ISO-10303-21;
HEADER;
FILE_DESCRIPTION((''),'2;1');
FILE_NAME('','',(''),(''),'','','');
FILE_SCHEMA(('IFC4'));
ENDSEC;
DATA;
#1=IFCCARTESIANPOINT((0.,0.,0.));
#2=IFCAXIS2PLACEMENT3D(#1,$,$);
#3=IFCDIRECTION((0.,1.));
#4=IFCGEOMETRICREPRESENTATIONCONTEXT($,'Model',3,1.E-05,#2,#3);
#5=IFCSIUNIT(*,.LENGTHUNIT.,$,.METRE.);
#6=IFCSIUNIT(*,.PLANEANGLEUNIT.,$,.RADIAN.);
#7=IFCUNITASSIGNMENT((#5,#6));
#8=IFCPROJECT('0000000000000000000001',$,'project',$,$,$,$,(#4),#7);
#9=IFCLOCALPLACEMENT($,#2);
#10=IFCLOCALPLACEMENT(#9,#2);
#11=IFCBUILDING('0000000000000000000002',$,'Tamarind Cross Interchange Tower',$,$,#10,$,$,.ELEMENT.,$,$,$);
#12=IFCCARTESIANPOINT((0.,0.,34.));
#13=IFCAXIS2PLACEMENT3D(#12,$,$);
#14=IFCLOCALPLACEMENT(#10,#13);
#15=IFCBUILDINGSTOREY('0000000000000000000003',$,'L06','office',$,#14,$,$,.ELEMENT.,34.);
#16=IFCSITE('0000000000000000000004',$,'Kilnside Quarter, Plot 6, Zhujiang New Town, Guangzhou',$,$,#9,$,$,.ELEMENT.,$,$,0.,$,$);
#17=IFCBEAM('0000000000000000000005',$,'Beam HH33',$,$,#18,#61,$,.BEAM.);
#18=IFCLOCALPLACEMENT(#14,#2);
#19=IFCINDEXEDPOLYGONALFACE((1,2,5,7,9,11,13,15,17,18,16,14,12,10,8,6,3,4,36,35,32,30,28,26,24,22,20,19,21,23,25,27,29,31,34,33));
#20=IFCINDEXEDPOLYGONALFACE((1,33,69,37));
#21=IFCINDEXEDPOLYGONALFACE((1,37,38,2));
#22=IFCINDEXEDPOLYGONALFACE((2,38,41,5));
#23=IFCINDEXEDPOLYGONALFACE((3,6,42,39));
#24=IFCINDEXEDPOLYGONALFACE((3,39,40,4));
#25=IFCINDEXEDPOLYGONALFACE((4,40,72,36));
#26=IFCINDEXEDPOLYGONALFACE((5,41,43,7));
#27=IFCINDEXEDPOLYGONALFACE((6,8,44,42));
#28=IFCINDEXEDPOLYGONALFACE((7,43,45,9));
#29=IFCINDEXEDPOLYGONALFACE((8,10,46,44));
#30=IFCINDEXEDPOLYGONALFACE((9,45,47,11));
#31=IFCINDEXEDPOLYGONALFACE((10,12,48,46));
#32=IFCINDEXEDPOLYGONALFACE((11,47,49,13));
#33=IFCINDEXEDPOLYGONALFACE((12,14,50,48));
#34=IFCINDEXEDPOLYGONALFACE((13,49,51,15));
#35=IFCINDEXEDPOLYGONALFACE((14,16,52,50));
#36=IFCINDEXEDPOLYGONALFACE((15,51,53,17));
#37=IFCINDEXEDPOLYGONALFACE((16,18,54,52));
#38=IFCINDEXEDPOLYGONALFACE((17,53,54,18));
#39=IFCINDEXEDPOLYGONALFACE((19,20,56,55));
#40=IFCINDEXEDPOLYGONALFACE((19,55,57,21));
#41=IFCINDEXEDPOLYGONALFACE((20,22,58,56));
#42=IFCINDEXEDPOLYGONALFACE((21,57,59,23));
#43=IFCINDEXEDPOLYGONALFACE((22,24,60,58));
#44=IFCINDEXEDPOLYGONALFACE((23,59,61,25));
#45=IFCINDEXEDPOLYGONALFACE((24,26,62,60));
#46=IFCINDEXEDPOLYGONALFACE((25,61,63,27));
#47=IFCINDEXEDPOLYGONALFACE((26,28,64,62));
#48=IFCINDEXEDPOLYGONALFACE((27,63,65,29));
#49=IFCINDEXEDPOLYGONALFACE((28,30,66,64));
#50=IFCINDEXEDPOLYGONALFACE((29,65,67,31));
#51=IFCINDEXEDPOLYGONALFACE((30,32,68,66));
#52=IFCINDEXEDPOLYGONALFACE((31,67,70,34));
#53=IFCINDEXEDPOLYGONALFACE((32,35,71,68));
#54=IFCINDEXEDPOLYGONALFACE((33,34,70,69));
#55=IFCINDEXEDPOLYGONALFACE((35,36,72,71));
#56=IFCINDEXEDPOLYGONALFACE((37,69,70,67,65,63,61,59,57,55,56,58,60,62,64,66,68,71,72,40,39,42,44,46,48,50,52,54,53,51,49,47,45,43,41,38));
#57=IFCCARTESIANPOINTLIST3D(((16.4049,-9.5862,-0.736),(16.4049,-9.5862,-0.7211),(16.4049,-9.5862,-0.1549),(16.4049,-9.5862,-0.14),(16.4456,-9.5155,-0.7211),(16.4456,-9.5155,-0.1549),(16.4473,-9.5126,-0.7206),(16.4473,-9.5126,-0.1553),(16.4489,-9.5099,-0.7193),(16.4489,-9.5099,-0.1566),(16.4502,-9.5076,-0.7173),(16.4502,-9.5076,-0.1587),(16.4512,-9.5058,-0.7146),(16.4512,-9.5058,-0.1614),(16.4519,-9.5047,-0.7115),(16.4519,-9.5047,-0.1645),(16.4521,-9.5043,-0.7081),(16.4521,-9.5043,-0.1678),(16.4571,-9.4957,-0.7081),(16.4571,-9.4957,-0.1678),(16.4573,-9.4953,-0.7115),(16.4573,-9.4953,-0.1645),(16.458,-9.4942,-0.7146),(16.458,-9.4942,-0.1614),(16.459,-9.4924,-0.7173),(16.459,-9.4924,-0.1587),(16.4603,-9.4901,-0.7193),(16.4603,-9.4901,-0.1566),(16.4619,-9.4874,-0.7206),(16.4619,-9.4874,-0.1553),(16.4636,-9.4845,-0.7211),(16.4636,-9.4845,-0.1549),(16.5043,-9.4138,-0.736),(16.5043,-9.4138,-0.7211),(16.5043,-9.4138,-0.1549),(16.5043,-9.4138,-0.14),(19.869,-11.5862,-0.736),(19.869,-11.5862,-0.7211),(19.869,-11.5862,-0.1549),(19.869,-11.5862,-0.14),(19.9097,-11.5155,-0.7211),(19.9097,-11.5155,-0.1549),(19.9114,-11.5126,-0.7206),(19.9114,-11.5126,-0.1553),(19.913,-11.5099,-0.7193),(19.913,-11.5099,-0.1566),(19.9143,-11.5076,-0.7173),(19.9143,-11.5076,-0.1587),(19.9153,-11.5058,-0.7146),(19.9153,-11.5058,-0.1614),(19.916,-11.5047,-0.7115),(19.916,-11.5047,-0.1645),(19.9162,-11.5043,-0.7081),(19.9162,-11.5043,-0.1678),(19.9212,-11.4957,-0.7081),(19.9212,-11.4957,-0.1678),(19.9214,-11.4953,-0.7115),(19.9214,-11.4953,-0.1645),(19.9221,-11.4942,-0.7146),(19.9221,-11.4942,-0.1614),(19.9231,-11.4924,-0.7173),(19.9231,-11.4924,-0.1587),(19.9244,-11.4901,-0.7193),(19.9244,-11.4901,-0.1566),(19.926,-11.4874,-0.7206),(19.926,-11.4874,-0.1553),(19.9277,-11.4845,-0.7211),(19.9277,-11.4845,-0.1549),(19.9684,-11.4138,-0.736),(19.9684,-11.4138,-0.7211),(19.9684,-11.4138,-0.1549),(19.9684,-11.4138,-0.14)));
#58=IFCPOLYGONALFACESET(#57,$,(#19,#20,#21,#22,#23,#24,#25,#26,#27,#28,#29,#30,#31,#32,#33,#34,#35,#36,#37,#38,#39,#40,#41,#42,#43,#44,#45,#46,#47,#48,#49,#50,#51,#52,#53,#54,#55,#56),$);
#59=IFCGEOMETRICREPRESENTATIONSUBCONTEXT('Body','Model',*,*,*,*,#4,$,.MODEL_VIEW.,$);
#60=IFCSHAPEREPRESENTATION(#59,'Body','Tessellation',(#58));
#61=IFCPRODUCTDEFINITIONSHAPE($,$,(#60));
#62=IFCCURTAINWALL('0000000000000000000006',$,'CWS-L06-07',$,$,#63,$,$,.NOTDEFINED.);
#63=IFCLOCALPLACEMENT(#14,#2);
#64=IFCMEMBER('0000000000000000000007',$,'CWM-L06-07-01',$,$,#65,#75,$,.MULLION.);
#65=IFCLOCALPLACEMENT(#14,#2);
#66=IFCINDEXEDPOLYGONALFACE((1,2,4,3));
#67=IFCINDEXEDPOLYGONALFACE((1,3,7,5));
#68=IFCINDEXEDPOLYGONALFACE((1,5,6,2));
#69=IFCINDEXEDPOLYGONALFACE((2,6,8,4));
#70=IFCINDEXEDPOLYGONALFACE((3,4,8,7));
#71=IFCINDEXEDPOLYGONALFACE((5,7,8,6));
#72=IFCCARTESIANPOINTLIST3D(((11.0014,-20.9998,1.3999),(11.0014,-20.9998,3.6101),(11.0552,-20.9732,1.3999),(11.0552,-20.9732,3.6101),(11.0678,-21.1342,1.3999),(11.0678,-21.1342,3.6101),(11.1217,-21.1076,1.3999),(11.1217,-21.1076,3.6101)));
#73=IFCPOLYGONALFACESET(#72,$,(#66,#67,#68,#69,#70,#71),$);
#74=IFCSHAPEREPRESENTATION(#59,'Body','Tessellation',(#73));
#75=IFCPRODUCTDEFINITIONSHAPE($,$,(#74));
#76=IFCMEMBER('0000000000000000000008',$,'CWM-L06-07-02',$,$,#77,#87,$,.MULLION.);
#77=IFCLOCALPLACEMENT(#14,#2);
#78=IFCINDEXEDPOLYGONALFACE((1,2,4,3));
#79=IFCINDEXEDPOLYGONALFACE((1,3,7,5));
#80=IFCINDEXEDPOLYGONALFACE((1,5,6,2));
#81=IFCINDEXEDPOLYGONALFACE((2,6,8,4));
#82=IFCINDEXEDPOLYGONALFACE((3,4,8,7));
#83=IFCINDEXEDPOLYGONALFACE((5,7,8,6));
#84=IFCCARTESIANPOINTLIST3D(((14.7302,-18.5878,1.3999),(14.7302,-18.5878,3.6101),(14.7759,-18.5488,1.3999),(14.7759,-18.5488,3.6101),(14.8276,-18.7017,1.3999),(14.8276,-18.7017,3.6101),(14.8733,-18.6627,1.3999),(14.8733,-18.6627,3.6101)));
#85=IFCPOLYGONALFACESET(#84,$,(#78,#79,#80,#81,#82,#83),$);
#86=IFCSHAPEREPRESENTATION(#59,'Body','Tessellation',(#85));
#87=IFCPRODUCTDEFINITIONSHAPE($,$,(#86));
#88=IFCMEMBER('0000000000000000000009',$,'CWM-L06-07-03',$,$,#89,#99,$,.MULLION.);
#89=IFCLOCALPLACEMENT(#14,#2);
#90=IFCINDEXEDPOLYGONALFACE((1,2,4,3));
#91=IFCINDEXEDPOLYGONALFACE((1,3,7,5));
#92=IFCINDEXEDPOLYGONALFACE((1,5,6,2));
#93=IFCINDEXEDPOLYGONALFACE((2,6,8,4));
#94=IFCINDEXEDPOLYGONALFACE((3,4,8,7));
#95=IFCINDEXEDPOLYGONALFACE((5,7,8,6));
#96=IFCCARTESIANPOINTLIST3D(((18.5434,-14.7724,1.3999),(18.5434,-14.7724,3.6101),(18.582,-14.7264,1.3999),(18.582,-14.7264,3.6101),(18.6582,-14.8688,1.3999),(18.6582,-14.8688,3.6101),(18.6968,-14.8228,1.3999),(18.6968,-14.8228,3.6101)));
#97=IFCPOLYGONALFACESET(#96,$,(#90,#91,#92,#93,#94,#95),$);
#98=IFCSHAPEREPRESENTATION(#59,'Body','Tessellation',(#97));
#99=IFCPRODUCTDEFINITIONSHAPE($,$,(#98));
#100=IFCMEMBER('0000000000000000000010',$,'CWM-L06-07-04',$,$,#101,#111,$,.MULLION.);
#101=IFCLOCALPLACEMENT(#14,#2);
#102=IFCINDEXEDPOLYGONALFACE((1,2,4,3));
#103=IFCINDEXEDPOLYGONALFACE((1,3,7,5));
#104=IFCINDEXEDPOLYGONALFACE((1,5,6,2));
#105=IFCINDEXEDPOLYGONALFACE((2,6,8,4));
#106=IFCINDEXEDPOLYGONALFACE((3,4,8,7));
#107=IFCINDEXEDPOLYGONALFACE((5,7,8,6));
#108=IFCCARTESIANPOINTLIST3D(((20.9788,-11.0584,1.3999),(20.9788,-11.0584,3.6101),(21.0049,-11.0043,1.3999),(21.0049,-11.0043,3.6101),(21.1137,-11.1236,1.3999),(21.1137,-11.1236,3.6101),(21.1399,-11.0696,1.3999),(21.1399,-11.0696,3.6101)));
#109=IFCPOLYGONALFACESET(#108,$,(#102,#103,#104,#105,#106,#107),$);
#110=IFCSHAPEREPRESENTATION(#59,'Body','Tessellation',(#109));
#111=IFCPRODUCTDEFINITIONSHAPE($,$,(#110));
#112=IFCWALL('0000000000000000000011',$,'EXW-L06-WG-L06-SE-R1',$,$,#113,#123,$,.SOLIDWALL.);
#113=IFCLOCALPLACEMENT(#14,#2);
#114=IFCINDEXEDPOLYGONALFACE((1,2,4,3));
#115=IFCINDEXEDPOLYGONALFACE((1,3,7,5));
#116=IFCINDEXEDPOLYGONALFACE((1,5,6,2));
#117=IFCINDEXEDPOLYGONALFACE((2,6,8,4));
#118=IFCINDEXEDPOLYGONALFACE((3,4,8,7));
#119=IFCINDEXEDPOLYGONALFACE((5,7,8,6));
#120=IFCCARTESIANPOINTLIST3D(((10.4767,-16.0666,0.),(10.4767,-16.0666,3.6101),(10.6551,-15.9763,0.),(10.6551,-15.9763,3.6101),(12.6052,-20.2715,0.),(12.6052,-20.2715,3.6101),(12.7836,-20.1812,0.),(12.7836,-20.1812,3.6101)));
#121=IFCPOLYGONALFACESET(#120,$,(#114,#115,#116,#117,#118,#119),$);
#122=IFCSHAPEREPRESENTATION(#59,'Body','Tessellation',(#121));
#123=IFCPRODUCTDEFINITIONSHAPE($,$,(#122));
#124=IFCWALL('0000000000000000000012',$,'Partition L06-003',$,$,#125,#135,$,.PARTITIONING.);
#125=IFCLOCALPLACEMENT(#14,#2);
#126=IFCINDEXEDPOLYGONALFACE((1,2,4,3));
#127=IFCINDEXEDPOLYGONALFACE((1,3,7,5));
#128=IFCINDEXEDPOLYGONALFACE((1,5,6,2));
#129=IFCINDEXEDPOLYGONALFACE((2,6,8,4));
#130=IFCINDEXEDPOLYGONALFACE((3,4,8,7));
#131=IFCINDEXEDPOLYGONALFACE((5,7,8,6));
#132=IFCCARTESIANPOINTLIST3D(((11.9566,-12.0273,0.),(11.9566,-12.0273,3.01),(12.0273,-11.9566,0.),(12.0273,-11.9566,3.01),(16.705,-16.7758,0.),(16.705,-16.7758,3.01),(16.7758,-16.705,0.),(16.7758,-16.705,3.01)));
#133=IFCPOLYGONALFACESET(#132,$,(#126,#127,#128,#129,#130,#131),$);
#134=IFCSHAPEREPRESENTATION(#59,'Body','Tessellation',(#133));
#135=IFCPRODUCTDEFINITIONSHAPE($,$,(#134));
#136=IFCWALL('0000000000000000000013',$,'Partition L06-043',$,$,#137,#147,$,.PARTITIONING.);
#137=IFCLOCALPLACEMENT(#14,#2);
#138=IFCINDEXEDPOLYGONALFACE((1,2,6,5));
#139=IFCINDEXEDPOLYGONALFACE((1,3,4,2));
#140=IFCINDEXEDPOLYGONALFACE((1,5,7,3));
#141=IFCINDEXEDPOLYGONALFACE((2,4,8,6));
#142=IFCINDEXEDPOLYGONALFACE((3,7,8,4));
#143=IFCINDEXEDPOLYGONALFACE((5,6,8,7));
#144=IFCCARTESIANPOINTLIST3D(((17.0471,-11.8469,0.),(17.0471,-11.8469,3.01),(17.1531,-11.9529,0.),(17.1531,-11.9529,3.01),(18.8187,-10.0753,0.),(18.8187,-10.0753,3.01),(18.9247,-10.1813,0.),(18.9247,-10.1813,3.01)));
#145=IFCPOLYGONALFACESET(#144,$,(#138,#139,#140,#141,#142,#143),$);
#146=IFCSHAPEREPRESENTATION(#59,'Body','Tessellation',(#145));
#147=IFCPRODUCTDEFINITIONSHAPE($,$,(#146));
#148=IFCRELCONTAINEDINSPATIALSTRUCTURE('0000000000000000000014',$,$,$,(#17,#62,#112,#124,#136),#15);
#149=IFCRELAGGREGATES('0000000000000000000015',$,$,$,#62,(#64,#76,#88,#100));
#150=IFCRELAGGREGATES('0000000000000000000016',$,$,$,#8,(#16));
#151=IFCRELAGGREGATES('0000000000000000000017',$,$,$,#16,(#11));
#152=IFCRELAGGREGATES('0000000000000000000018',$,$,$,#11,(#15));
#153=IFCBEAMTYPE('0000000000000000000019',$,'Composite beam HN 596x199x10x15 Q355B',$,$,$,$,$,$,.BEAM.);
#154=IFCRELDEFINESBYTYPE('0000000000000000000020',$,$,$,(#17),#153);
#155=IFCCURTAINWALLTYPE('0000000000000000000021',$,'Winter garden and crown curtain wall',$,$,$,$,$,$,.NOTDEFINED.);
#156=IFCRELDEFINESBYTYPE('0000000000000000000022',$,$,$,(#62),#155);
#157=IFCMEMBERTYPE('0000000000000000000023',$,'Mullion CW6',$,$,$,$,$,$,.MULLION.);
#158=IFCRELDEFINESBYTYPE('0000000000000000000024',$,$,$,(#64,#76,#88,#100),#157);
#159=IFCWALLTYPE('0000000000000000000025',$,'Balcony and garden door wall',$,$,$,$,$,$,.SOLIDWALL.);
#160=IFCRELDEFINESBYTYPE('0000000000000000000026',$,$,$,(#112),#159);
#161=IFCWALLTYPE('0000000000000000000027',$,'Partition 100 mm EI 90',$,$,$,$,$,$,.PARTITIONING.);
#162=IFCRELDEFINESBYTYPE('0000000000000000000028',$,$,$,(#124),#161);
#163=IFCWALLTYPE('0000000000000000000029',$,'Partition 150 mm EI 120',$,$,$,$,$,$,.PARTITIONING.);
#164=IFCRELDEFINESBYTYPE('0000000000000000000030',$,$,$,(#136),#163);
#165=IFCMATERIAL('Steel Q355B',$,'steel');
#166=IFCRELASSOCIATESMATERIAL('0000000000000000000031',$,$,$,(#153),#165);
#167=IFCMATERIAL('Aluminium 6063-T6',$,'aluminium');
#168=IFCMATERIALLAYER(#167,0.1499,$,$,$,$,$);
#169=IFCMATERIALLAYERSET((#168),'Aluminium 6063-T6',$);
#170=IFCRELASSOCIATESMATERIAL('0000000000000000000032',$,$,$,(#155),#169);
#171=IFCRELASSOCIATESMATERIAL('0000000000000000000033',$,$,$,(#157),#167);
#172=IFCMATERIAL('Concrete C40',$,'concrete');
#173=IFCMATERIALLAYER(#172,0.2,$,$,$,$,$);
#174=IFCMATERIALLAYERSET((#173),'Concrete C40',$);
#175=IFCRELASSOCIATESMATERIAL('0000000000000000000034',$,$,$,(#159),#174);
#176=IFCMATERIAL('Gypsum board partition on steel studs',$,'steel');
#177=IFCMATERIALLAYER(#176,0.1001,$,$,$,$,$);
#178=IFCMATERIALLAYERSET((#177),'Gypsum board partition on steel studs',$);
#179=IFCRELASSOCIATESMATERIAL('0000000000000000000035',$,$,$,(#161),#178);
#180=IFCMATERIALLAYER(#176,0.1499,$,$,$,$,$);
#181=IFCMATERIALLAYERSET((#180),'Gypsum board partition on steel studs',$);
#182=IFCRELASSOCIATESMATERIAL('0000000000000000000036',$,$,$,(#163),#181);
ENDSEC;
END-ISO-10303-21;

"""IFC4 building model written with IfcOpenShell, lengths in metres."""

from ifc_helpers import new_model, si_unit, direction, frame, frame_2d, origin, origin_2d, place, context, subcontext, project, spatial, rectangle, i_section, extrude, material, layer, layer_set, material_profile, profile_set, type_object, element, aggregate, save


model = new_model("IFC4")

# Units and contexts
model_context = context("Model", 3, precision=1e-05, world=origin(), true_north=direction((0.0, 1.0)))
body_context = subcontext(model_context, "Body", "Model", "MODEL_VIEW")
ifc_project = project(units=[si_unit("LENGTHUNIT", "METRE"), si_unit("PLANEANGLEUNIT", "RADIAN")], contexts=[model_context])

# Site, building, storey
site_placement = place(None, origin())
site = spatial("IfcSite", under=ifc_project, at=site_placement, Name="Kilnside Quarter, Plot 6, Zhujiang New Town, Guangzhou", CompositionType="ELEMENT", RefElevation=0.0)
building_placement = place(site_placement, origin())
building = spatial("IfcBuilding", under=site, at=building_placement, Name="Tamarind Cross Interchange Tower", CompositionType="ELEMENT")
storey_placement = place(building_placement, frame((0.0, 0.0, 34.0)))
storey = spatial("IfcBuildingStorey", under=building, at=storey_placement, Name="L06", Description="office", CompositionType="ELEMENT", Elevation=34.0)

# Beam
ifc_material_1 = material(Name="Steel Q355B", Category="steel")
ifc_material_profile_1 = material_profile(ifc_material_1, i_section(OverallWidth=0.199, OverallDepth=0.5959, WebThickness=0.01, FlangeThickness=0.0149, FilletRadius=0.0129, at=origin_2d()), Name="HN 596x199x10x15")
ifc_profile_set_1 = profile_set([ifc_material_profile_1], Name="Steel Q355B")
beam_type = type_object("IfcBeamType", Name="Composite beam HN 596x199x10x15 Q355B", PredefinedType="BEAM", material=ifc_profile_set_1)
beam_1_placement = place(storey_placement, frame((19.9187, -11.5, -0.438), z_axis=(-0.866026, 0.499999, 0.0), x_axis=(-0.499999, -0.866026, 0.0)))
element("IfcBeam", 1, at=beam_1_placement, inside=storey, type_object=beam_type, Name="Beam HH33", PredefinedType="BEAM", context=body_context, shape_type="SweptSolid", body=[
    extrude(i_section(OverallWidth=0.199, OverallDepth=0.5959, WebThickness=0.01, FlangeThickness=0.0149, FilletRadius=0.0129, at=origin_2d()), origin(), (0.0, 0.0, 1.0), 4.0),
])

# Curtain wall, members
ifc_material_2 = material(Name="Aluminium 6063-T6", Category="aluminium")
ifc_layer_1 = layer(ifc_material_2, 0.1499)
ifc_layer_set_1 = layer_set([ifc_layer_1], Name="Aluminium 6063-T6")
curtain_wall_type = type_object("IfcCurtainWallType", Name="Winter garden and crown curtain wall", PredefinedType="NOTDEFINED", material=ifc_layer_set_1)
curtain_wall_placement = place(storey_placement, origin())
curtain_wall = element("IfcCurtainWall", 2, at=curtain_wall_placement, inside=storey, type_object=curtain_wall_type, Name="CWS-L06-07", PredefinedType="NOTDEFINED")
ifc_material_profile_2 = material_profile(ifc_material_2, rectangle(XDim=0.0601, YDim=0.1499, at=origin_2d()), Name="Mullion CW6")
ifc_profile_set_2 = profile_set([ifc_material_profile_2], Name="Aluminium 6063-T6")
member_type = type_object("IfcMemberType", Name="Mullion CW6", PredefinedType="MULLION", material=ifc_profile_set_2)
member_1_placement = place(storey_placement, frame((11.0615, -21.0537, 1.3999), z_axis=(0.0, 0.0, 1.0), x_axis=(0.896493, 0.443059, 0.0)))
member_1 = element("IfcMember", 3, at=member_1_placement, type_object=member_type, Name="CWM-L06-07-01", PredefinedType="MULLION", context=body_context, shape_type="SweptSolid", body=[
    extrude(rectangle(XDim=0.0601, YDim=0.1499, at=origin_2d()), origin(), (0.0, 0.0, 1.0), 2.2102),
])
member_2_placement = place(storey_placement, frame((14.8018, -18.6252, 1.3999), z_axis=(0.0, 0.0, 1.0), x_axis=(0.760296, 0.649577, 0.0)))
member_2 = element("IfcMember", 4, at=member_2_placement, type_object=member_type, Name="CWM-L06-07-02", PredefinedType="MULLION", context=body_context, shape_type="SweptSolid", body=[
    extrude(rectangle(XDim=0.0601, YDim=0.1499, at=origin_2d()), origin(), (0.0, 0.0, 1.0), 2.2102),
])
member_3_placement = place(storey_placement, frame((18.6201, -14.7976, 1.3999), z_axis=(0.0, 0.0, 1.0), x_axis=(0.643009, 0.765858, 0.0)))
member_3 = element("IfcMember", 5, at=member_3_placement, type_object=member_type, Name="CWM-L06-07-03", PredefinedType="MULLION", context=body_context, shape_type="SweptSolid", body=[
    extrude(rectangle(XDim=0.0601, YDim=0.1499, at=origin_2d()), origin(), (0.0, 0.0, 1.0), 2.2102),
])
member_4_placement = place(storey_placement, frame((21.0593, -11.064, 1.3999), z_axis=(0.0, 0.0, 1.0), x_axis=(0.435326, 0.900273, 0.0)))
member_4 = element("IfcMember", 6, at=member_4_placement, type_object=member_type, Name="CWM-L06-07-04", PredefinedType="MULLION", context=body_context, shape_type="SweptSolid", body=[
    extrude(rectangle(XDim=0.0601, YDim=0.1499, at=origin_2d()), origin(), (0.0, 0.0, 1.0), 2.2102),
])
aggregate(curtain_wall, [member_1, member_2, member_3, member_4])

# Walls
ifc_material_3 = material(Name="Concrete C40", Category="concrete")
ifc_layer_2 = layer(ifc_material_3, 0.2)
ifc_layer_set_2 = layer_set([ifc_layer_2], Name="Concrete C40")
wall_type_1 = type_object("IfcWallType", Name="Balcony and garden door wall", PredefinedType="SOLIDWALL", material=ifc_layer_set_2)
wall_1_placement = place(storey_placement, frame((10.5659, -16.0215, 0.0), z_axis=(0.0, 0.0, 1.0), x_axis=(0.451622, -0.892209, 0.0)))
element("IfcWall", 7, at=wall_1_placement, inside=storey, type_object=wall_type_1, Name="EXW-L06-WG-L06-SE-R1", PredefinedType="SOLIDWALL", context=body_context, shape_type="SweptSolid", body=[
    extrude(rectangle(XDim=4.7129, YDim=0.2, at=frame_2d((2.3564, 0.0))), origin(), (0.0, 0.0, 1.0), 3.6101),
])
ifc_material_4 = material(Name="Gypsum board partition on steel studs", Category="steel")
ifc_layer_3 = layer(ifc_material_4, 0.1001)
ifc_layer_set_3 = layer_set([ifc_layer_3], Name="Gypsum board partition on steel studs")
wall_type_2 = type_object("IfcWallType", Name="Partition 100 mm EI 90", PredefinedType="PARTITIONING", material=ifc_layer_set_3)
wall_2_placement = place(storey_placement, frame((11.9919, -11.9919, 0.0), z_axis=(0.0, 0.0, 1.0), x_axis=(0.707107, -0.707107, 0.0)))
element("IfcWall", 8, at=wall_2_placement, inside=storey, type_object=wall_type_2, Name="Partition L06-003", PredefinedType="PARTITIONING", context=body_context, shape_type="SweptSolid", body=[
    extrude(rectangle(XDim=6.7153, YDim=0.1001, at=frame_2d((3.3577, 0.0))), origin(), (0.0, 0.0, 1.0), 3.01),
])
ifc_layer_4 = layer(ifc_material_4, 0.1499)
ifc_layer_set_4 = layer_set([ifc_layer_4], Name="Gypsum board partition on steel studs")
wall_type_3 = type_object("IfcWallType", Name="Partition 150 mm EI 120", PredefinedType="PARTITIONING", material=ifc_layer_set_4)
wall_3_placement = place(storey_placement, frame((17.1001, -11.8999, 0.0), z_axis=(0.0, 0.0, 1.0), x_axis=(0.707107, 0.707107, 0.0)))
element("IfcWall", 9, at=wall_3_placement, inside=storey, type_object=wall_type_3, Name="Partition L06-043", PredefinedType="PARTITIONING", context=body_context, shape_type="SweptSolid", body=[
    extrude(rectangle(XDim=2.5054, YDim=0.1499, at=frame_2d((1.2527, 0.0))), origin(), (0.0, 0.0, 1.0), 3.01),
])

save(model, "model.ifc")
